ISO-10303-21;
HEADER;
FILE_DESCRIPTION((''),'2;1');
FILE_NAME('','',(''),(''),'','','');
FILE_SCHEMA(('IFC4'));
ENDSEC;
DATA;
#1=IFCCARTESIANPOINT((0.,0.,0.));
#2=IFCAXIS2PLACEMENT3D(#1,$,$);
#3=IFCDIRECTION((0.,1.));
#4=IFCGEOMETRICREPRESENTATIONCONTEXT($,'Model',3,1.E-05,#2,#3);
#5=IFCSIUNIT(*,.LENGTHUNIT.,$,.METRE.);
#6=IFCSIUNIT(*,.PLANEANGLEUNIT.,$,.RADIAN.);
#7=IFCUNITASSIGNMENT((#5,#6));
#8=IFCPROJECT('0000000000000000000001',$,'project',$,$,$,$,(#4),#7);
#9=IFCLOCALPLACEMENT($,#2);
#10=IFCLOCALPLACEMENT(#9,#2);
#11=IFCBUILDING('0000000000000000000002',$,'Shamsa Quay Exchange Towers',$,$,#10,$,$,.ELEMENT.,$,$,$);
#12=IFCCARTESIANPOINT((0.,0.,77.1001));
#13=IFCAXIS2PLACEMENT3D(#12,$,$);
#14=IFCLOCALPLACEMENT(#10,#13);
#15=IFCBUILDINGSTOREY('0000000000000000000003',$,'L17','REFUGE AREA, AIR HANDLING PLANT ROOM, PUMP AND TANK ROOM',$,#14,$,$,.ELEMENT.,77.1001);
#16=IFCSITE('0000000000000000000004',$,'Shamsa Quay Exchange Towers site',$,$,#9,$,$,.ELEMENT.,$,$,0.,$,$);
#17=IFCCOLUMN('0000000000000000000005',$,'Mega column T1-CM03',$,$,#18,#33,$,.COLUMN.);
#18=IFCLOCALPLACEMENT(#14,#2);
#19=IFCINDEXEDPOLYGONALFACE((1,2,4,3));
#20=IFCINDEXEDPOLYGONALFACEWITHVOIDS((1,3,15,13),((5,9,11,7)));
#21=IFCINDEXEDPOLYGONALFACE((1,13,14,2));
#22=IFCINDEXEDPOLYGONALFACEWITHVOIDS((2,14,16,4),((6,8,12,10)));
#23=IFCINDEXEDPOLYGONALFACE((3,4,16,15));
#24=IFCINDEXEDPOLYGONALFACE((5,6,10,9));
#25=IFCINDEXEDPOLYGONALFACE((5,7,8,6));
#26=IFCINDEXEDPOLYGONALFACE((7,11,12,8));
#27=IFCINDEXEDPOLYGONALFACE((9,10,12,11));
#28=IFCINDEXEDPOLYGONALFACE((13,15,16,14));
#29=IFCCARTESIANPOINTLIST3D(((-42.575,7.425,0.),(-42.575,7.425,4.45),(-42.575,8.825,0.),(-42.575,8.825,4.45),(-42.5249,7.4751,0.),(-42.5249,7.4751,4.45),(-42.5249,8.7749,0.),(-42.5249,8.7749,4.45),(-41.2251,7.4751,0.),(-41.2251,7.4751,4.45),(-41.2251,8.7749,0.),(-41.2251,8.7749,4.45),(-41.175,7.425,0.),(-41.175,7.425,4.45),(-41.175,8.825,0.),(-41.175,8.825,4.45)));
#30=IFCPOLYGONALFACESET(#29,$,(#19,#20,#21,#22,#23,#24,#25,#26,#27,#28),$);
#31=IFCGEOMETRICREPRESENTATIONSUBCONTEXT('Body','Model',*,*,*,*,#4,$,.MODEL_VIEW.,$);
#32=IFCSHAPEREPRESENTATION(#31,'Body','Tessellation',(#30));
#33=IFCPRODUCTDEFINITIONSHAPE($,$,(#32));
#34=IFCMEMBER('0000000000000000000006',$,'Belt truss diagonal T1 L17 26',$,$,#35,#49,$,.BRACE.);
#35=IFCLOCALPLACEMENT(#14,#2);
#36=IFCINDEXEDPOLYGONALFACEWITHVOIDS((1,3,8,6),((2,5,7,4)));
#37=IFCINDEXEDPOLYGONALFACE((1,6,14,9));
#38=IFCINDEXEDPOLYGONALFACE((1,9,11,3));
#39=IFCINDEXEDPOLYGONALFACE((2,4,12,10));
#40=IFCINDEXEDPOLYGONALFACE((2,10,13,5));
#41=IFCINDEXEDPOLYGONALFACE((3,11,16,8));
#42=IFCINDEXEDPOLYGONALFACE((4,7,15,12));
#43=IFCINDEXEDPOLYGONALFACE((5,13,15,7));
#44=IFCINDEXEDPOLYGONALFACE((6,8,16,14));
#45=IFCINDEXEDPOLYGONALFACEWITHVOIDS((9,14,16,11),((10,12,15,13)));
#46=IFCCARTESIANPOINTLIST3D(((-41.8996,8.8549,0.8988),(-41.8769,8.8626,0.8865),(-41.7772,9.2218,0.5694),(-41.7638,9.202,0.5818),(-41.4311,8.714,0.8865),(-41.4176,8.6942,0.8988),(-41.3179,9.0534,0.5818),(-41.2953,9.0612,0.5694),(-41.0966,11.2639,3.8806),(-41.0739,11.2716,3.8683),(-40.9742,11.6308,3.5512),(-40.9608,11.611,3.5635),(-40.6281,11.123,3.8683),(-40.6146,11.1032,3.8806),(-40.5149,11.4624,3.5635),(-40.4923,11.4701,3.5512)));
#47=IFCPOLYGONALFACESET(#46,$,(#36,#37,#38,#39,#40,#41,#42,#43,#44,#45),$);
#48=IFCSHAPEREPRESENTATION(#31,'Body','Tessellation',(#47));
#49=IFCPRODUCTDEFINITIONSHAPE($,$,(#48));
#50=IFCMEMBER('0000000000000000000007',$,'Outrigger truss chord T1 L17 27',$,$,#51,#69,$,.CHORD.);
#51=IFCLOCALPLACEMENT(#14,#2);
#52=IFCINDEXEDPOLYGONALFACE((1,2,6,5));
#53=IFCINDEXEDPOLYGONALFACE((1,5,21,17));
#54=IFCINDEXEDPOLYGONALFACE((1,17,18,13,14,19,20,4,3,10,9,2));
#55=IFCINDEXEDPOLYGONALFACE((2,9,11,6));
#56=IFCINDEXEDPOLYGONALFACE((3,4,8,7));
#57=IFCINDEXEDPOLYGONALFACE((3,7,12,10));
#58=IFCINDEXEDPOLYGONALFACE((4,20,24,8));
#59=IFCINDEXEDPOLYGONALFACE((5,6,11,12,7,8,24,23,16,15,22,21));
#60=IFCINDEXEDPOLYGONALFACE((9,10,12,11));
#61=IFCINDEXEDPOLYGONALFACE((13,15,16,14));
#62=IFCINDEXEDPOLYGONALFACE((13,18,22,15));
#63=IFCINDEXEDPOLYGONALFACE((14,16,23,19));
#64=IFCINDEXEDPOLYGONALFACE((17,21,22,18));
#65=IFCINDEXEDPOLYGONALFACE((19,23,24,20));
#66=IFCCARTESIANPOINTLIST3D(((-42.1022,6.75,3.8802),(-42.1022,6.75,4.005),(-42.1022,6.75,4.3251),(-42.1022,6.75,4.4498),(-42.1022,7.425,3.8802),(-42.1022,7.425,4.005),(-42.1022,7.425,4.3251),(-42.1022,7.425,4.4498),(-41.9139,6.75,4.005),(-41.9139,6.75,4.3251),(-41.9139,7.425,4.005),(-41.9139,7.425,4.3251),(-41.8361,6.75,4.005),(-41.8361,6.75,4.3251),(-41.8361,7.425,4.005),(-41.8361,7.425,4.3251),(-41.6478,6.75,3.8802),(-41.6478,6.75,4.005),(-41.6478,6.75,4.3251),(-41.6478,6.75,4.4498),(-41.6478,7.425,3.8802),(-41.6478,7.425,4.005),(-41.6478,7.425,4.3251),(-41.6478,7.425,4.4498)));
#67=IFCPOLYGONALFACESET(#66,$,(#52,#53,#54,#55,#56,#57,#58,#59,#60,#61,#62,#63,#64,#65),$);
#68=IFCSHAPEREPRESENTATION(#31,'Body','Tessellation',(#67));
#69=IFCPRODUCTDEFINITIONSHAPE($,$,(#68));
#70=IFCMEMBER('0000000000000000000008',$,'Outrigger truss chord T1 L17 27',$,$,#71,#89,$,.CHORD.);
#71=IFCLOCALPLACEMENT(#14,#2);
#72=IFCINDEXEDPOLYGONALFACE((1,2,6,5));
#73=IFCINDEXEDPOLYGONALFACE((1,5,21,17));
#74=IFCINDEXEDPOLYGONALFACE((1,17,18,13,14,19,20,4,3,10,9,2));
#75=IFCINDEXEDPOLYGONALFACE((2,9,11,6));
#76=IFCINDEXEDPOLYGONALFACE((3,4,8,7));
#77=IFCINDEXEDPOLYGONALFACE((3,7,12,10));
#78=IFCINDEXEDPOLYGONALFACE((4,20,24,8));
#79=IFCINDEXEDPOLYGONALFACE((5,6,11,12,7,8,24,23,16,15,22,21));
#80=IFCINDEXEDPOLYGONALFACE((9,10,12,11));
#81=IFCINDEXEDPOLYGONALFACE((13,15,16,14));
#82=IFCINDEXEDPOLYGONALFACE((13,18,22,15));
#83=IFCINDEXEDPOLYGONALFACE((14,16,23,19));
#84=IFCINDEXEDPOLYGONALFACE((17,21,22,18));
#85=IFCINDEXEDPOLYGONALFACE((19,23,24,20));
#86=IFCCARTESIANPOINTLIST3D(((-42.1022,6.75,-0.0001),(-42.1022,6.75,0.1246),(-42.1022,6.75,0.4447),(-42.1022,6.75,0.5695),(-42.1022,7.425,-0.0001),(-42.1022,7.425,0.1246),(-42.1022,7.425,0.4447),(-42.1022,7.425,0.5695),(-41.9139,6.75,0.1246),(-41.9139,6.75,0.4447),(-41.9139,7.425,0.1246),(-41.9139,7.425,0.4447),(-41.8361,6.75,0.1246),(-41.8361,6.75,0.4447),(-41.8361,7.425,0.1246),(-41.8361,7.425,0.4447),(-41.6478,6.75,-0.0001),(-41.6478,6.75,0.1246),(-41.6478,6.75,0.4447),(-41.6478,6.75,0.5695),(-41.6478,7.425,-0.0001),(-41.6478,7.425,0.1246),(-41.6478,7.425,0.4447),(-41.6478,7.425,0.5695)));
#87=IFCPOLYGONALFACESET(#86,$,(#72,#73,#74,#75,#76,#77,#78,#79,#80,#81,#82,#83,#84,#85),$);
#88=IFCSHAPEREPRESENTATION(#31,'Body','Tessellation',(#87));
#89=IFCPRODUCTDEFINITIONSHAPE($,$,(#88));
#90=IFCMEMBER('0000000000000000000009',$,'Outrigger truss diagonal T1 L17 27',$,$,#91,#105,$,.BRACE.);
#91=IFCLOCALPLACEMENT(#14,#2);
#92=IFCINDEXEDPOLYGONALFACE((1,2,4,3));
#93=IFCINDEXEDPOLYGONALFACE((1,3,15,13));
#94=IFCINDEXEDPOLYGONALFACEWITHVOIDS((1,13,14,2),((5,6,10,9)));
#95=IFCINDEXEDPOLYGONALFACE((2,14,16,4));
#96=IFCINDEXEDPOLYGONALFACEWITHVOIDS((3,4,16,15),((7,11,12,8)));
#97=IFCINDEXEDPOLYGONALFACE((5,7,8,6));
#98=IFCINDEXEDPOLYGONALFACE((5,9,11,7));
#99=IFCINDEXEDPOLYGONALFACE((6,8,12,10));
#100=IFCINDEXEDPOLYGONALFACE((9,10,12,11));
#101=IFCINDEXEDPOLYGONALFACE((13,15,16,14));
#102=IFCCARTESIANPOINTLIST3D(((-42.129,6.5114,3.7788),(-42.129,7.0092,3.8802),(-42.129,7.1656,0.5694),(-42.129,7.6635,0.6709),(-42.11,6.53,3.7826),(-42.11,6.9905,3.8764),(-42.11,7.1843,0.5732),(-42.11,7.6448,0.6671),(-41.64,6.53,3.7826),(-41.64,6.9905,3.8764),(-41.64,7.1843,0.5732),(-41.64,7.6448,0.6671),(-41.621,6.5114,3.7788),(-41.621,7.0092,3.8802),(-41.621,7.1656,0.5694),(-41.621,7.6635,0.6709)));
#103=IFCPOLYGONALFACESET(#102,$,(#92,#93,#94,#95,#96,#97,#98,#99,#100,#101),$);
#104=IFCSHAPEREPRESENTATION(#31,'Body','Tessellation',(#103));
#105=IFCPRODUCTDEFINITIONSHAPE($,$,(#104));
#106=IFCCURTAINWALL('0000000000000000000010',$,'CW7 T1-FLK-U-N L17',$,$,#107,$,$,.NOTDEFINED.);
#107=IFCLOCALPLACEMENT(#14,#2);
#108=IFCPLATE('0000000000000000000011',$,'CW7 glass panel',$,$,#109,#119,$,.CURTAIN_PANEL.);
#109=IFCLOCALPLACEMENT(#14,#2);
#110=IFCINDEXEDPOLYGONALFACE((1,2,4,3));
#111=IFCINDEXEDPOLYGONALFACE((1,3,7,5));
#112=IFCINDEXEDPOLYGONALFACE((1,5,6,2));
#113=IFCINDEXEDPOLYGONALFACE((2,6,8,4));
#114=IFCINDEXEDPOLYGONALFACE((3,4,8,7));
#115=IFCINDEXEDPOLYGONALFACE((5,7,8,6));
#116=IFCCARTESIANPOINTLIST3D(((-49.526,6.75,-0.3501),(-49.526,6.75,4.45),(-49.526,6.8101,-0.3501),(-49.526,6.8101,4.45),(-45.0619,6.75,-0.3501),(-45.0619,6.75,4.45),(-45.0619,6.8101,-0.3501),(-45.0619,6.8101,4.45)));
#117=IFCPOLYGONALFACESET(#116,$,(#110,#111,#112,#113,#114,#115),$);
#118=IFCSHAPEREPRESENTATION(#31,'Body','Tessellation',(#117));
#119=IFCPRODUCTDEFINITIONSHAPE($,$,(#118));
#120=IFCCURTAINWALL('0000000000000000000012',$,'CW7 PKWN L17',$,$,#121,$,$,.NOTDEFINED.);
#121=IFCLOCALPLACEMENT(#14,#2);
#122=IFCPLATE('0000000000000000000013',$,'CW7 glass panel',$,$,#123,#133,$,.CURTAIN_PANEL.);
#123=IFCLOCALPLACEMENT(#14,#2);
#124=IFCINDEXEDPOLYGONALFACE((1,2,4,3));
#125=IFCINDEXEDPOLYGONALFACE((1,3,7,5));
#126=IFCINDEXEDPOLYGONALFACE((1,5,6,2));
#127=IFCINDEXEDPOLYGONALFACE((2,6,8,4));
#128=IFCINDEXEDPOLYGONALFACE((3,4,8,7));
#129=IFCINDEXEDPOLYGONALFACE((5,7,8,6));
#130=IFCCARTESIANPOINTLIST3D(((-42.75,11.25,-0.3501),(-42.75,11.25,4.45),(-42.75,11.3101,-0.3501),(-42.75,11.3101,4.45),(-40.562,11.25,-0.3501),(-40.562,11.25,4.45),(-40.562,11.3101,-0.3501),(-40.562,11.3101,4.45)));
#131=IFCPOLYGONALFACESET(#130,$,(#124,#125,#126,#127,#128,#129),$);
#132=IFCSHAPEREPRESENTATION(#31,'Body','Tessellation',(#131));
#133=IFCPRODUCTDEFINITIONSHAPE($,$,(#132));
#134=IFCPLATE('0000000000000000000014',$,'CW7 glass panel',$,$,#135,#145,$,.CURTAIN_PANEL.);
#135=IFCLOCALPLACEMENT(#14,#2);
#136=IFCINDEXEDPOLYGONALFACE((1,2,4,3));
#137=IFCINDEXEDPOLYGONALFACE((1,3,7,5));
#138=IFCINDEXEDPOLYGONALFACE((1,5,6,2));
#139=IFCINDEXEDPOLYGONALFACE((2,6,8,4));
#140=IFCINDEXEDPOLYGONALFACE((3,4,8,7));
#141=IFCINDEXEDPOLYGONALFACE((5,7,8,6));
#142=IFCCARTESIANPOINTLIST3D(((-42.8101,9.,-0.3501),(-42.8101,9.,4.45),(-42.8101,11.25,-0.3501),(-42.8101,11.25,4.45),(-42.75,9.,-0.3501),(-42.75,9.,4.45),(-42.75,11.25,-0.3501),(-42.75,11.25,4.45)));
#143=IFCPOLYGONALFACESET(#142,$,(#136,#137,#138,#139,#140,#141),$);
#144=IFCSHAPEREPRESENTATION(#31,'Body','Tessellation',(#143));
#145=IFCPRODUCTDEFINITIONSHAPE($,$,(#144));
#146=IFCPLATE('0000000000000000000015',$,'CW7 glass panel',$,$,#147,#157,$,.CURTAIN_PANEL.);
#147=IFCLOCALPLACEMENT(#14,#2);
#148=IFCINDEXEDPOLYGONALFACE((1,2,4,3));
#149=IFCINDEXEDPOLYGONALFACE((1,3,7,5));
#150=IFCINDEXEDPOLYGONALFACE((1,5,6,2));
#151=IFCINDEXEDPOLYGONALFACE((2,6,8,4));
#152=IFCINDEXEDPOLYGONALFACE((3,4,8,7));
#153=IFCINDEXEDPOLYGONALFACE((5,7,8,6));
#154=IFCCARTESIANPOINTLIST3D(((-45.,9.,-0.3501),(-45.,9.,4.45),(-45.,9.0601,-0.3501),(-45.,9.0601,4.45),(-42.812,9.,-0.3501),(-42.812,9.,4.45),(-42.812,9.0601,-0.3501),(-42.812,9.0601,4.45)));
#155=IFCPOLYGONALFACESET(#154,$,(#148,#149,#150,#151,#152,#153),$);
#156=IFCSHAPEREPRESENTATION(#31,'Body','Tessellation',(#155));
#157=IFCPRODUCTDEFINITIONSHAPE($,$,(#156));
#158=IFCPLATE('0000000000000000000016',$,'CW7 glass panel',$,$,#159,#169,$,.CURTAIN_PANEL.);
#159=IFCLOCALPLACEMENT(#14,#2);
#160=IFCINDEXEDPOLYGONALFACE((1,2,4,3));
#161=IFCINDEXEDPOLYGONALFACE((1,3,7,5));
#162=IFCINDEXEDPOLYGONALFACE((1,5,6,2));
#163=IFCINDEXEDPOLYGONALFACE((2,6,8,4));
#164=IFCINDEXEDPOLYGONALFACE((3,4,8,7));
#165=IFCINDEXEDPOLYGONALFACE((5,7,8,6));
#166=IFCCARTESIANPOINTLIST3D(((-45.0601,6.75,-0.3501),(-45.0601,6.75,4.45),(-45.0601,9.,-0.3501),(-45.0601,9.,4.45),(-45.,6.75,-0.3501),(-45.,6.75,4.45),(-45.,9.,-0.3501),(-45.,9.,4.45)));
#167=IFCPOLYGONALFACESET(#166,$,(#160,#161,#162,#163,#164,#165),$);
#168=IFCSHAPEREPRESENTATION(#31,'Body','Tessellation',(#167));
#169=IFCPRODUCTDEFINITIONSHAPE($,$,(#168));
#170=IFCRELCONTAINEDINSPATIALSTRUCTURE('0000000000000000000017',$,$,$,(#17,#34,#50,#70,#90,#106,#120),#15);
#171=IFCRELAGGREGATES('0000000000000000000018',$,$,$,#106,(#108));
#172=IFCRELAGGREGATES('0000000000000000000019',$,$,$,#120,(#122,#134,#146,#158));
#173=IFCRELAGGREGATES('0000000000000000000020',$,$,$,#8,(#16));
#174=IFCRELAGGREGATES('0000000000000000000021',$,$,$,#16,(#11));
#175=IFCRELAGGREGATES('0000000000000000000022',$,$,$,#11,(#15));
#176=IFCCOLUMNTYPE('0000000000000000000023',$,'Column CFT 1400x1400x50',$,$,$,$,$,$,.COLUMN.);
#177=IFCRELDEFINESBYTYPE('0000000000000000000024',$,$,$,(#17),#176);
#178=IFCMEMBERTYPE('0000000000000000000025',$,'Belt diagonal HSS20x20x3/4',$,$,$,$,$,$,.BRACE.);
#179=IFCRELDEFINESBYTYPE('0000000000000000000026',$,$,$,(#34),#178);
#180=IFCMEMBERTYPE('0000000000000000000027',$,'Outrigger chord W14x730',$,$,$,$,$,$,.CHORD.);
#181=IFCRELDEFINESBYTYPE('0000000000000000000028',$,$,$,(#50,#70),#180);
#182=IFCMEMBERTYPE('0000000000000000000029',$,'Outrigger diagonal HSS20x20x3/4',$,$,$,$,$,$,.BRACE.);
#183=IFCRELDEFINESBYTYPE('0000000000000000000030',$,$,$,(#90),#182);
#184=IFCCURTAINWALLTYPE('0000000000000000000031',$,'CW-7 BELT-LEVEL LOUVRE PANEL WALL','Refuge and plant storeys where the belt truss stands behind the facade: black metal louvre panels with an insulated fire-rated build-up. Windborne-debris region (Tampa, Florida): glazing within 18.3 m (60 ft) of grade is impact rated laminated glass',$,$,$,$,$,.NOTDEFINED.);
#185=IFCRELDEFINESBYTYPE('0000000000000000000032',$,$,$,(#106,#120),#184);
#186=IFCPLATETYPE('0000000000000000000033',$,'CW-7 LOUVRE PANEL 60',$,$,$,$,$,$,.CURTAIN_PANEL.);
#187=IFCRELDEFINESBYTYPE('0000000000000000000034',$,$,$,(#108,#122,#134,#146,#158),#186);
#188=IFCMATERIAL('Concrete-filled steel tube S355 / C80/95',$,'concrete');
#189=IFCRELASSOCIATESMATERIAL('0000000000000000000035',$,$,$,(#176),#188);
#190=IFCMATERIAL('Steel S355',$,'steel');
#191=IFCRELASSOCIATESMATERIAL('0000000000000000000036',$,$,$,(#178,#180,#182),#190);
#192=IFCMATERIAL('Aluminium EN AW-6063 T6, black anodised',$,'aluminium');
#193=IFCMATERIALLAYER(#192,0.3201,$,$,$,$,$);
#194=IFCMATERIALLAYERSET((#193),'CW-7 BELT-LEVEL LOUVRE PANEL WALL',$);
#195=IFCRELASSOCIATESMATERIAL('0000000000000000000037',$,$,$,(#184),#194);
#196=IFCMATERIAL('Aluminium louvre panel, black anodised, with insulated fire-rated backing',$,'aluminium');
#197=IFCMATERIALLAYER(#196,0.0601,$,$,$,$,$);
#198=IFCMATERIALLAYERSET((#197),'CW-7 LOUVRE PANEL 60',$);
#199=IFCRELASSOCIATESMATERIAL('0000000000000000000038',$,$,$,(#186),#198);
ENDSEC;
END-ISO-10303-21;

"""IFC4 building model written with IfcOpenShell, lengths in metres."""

from ifc_helpers import new_model, si_unit, direction, frame, origin, origin_2d, place, context, subcontext, project, spatial, rectangle, hollow_rectangle, i_section, extrude, material, layer, layer_set, material_profile, profile_set, type_object, element, aggregate, save


model = new_model("IFC4")

# Units and contexts
model_context = context("Model", 3, precision=1e-05, world=origin(), true_north=direction((0.0, 1.0)))
body_context = subcontext(model_context, "Body", "Model", "MODEL_VIEW")
ifc_project = project(units=[si_unit("LENGTHUNIT", "METRE"), si_unit("PLANEANGLEUNIT", "RADIAN")], contexts=[model_context])

# Site, building, storey
site_placement = place(None, origin())
site = spatial("IfcSite", under=ifc_project, at=site_placement, Name="Shamsa Quay Exchange Towers site", CompositionType="ELEMENT", RefElevation=0.0)
building_placement = place(site_placement, origin())
building = spatial("IfcBuilding", under=site, at=building_placement, Name="Shamsa Quay Exchange Towers", CompositionType="ELEMENT")
storey_placement = place(building_placement, frame((0.0, 0.0, 77.1001)))
storey = spatial("IfcBuildingStorey", under=building, at=storey_placement, Name="L17", Description="REFUGE AREA, AIR HANDLING PLANT ROOM, PUMP AND TANK ROOM", CompositionType="ELEMENT", Elevation=77.1001)

# Column
ifc_material_1 = material(Name="Concrete-filled steel tube S355 / C80/95", Category="concrete")
ifc_material_profile_1 = material_profile(ifc_material_1, hollow_rectangle(XDim=1.3999, YDim=1.3999, WallThickness=0.05, at=origin_2d()), Name="CFT 1400x1400x50")
ifc_profile_set_1 = profile_set([ifc_material_profile_1], Name="Concrete-filled steel tube S355 / C80/95")
column_type = type_object("IfcColumnType", Name="Column CFT 1400x1400x50", PredefinedType="COLUMN", material=ifc_profile_set_1)
column_placement = place(storey_placement, frame((-41.875, 8.125, 0.0)))
element("IfcColumn", 1, at=column_placement, inside=storey, type_object=column_type, Name="Mega column T1-CM03", PredefinedType="COLUMN", context=body_context, shape_type="SweptSolid", body=[
    extrude(hollow_rectangle(XDim=1.3999, YDim=1.3999, WallThickness=0.05, at=origin_2d()), origin(), (0.0, 0.0, 1.0), 4.45),
])

# Members
ifc_material_2 = material(Name="Steel S355", Category="steel")
ifc_material_profile_2 = material_profile(ifc_material_2, hollow_rectangle(XDim=0.5081, YDim=0.5081, WallThickness=0.019, at=origin_2d()), Name="HSS20x20x3/4")
ifc_profile_set_2 = profile_set([ifc_material_profile_2], Name="Steel S355")
member_type_1 = type_object("IfcMemberType", Name="Belt diagonal HSS20x20x3/4", PredefinedType="BRACE", material=ifc_profile_set_2)
member_1_placement = place(storey_placement, frame((-41.5974, 8.958, 0.7341), z_axis=(0.20503, 0.615089, 0.761334), x_axis=(-0.948683, 0.316228, 0.0)))
element("IfcMember", 2, at=member_1_placement, inside=storey, type_object=member_type_1, Name="Belt truss diagonal T1 L17 26", PredefinedType="BRACE", context=body_context, shape_type="SweptSolid", body=[
    extrude(hollow_rectangle(XDim=0.5081, YDim=0.5081, WallThickness=0.019, at=origin_2d()), origin(), (0.0, 0.0, 1.0), 3.9165),
])
ifc_material_profile_3 = material_profile(ifc_material_2, i_section(OverallWidth=0.4543, OverallDepth=0.5696, WebThickness=0.0779, FlangeThickness=0.1248, at=origin_2d()), Name="W14x730")
ifc_profile_set_3 = profile_set([ifc_material_profile_3], Name="Steel S355")
member_type_2 = type_object("IfcMemberType", Name="Outrigger chord W14x730", PredefinedType="CHORD", material=ifc_profile_set_3)
for number, where, z_axis, x_axis, name in (
    (3, (-41.875, 7.425, 4.165), (0.0, -1.0, 0.0), (1.0, 0.0, 0.0), "Outrigger truss chord T1 L17 27"),
    (4, (-41.875, 7.425, 0.2847), (0.0, -1.0, 0.0), (1.0, 0.0, 0.0), "Outrigger truss chord T1 L17 27"),
):
    element("IfcMember", number, at=place(storey_placement, frame(where, z_axis=z_axis, x_axis=x_axis)), inside=storey, type_object=member_type_2, Name=name, PredefinedType="CHORD", context=body_context, shape_type="SweptSolid", body=[
        extrude(i_section(OverallWidth=0.4543, OverallDepth=0.5696, WebThickness=0.0779, FlangeThickness=0.1248, at=origin_2d()), origin(), (0.0, 0.0, 1.0), 0.675),
    ])
ifc_material_profile_4 = material_profile(ifc_material_2, hollow_rectangle(XDim=0.5081, YDim=0.5081, WallThickness=0.019, at=origin_2d()), Name="HSS20x20x3/4")
ifc_profile_set_4 = profile_set([ifc_material_profile_4], Name="Steel S355")
member_type_3 = type_object("IfcMemberType", Name="Outrigger diagonal HSS20x20x3/4", PredefinedType="BRACE", material=ifc_profile_set_4)
member_2_placement = place(storey_placement, frame((-41.875, 7.4146, 0.6201), z_axis=(0.0, -0.199756, 0.979846), x_axis=(1.0, 0.0, 0.0)))
element("IfcMember", 5, at=member_2_placement, inside=storey, type_object=member_type_3, Name="Outrigger truss diagonal T1 L17 27", PredefinedType="BRACE", context=body_context, shape_type="SweptSolid", body=[
    extrude(hollow_rectangle(XDim=0.5081, YDim=0.5081, WallThickness=0.019, at=origin_2d()), origin(), (0.0, 0.0, 1.0), 3.2754),
])

# Curtain wall, plate
ifc_material_3 = material(Name="Aluminium EN AW-6063 T6, black anodised", Category="aluminium")
ifc_layer_1 = layer(ifc_material_3, 0.3201)
ifc_layer_set_1 = layer_set([ifc_layer_1], Name="CW-7 BELT-LEVEL LOUVRE PANEL WALL")
curtain_wall_type = type_object("IfcCurtainWallType", Name="CW-7 BELT-LEVEL LOUVRE PANEL WALL", Description="Refuge and plant storeys where the belt truss stands behind the facade: black metal louvre panels with an insulated fire-rated build-up. Windborne-debris region (Tampa, Florida): glazing within 18.3 m (60 ft) of grade is impact rated laminated glass", PredefinedType="NOTDEFINED", material=ifc_layer_set_1)
curtain_wall_1_placement = place(storey_placement, origin())
curtain_wall_1 = element("IfcCurtainWall", 6, at=curtain_wall_1_placement, inside=storey, type_object=curtain_wall_type, Name="CW7 T1-FLK-U-N L17", PredefinedType="NOTDEFINED")
ifc_material_4 = material(Name="Aluminium louvre panel, black anodised, with insulated fire-rated backing", Category="aluminium")
ifc_layer_2 = layer(ifc_material_4, 0.0601)
ifc_layer_set_2 = layer_set([ifc_layer_2], Name="CW-7 LOUVRE PANEL 60")
plate_type = type_object("IfcPlateType", Name="CW-7 LOUVRE PANEL 60", PredefinedType="CURTAIN_PANEL", material=ifc_layer_set_2)
plate_1_placement = place(storey_placement, frame((-47.2939, 6.78, -0.3501), z_axis=(0.0, 0.0, 1.0), x_axis=(-1.0, 0.0, 0.0)))
plate_1 = element("IfcPlate", 7, at=plate_1_placement, type_object=plate_type, Name="CW7 glass panel", PredefinedType="CURTAIN_PANEL", context=body_context, shape_type="SweptSolid", body=[
    extrude(rectangle(XDim=4.4641, YDim=0.0601, at=origin_2d()), origin(), (0.0, 0.0, 1.0), 4.8),
])
aggregate(curtain_wall_1, [plate_1])

# Curtain wall, plates
curtain_wall_2_placement = place(storey_placement, origin())
curtain_wall_2 = element("IfcCurtainWall", 8, at=curtain_wall_2_placement, inside=storey, type_object=curtain_wall_type, Name="CW7 PKWN L17", PredefinedType="NOTDEFINED")
plate_2_placement = place(storey_placement, frame((-41.656, 11.28, -0.3501), z_axis=(0.0, 0.0, 1.0), x_axis=(-1.0, 0.0, 0.0)))
plate_2 = element("IfcPlate", 9, at=plate_2_placement, type_object=plate_type, Name="CW7 glass panel", PredefinedType="CURTAIN_PANEL", context=body_context, shape_type="SweptSolid", body=[
    extrude(rectangle(XDim=2.188, YDim=0.0601, at=origin_2d()), origin(), (0.0, 0.0, 1.0), 4.8),
])
plate_3_placement = place(storey_placement, frame((-42.78, 10.125, -0.3501), z_axis=(0.0, 0.0, 1.0), x_axis=(0.0, -1.0, 0.0)))
plate_3 = element("IfcPlate", 10, at=plate_3_placement, type_object=plate_type, Name="CW7 glass panel", PredefinedType="CURTAIN_PANEL", context=body_context, shape_type="SweptSolid", body=[
    extrude(rectangle(XDim=2.25, YDim=0.0601, at=origin_2d()), origin(), (0.0, 0.0, 1.0), 4.8),
])
plate_4_placement = place(storey_placement, frame((-43.906, 9.03, -0.3501), z_axis=(0.0, 0.0, 1.0), x_axis=(-1.0, 0.0, 0.0)))
plate_4 = element("IfcPlate", 11, at=plate_4_placement, type_object=plate_type, Name="CW7 glass panel", PredefinedType="CURTAIN_PANEL", context=body_context, shape_type="SweptSolid", body=[
    extrude(rectangle(XDim=2.188, YDim=0.0601, at=origin_2d()), origin(), (0.0, 0.0, 1.0), 4.8),
])
plate_5_placement = place(storey_placement, frame((-45.03, 7.875, -0.3501), z_axis=(0.0, 0.0, 1.0), x_axis=(0.0, -1.0, 0.0)))
plate_5 = element("IfcPlate", 12, at=plate_5_placement, type_object=plate_type, Name="CW7 glass panel", PredefinedType="CURTAIN_PANEL", context=body_context, shape_type="SweptSolid", body=[
    extrude(rectangle(XDim=2.25, YDim=0.0601, at=origin_2d()), origin(), (0.0, 0.0, 1.0), 4.8),
])
aggregate(curtain_wall_2, [plate_2, plate_3, plate_4, plate_5])

save(model, "model.ifc")
